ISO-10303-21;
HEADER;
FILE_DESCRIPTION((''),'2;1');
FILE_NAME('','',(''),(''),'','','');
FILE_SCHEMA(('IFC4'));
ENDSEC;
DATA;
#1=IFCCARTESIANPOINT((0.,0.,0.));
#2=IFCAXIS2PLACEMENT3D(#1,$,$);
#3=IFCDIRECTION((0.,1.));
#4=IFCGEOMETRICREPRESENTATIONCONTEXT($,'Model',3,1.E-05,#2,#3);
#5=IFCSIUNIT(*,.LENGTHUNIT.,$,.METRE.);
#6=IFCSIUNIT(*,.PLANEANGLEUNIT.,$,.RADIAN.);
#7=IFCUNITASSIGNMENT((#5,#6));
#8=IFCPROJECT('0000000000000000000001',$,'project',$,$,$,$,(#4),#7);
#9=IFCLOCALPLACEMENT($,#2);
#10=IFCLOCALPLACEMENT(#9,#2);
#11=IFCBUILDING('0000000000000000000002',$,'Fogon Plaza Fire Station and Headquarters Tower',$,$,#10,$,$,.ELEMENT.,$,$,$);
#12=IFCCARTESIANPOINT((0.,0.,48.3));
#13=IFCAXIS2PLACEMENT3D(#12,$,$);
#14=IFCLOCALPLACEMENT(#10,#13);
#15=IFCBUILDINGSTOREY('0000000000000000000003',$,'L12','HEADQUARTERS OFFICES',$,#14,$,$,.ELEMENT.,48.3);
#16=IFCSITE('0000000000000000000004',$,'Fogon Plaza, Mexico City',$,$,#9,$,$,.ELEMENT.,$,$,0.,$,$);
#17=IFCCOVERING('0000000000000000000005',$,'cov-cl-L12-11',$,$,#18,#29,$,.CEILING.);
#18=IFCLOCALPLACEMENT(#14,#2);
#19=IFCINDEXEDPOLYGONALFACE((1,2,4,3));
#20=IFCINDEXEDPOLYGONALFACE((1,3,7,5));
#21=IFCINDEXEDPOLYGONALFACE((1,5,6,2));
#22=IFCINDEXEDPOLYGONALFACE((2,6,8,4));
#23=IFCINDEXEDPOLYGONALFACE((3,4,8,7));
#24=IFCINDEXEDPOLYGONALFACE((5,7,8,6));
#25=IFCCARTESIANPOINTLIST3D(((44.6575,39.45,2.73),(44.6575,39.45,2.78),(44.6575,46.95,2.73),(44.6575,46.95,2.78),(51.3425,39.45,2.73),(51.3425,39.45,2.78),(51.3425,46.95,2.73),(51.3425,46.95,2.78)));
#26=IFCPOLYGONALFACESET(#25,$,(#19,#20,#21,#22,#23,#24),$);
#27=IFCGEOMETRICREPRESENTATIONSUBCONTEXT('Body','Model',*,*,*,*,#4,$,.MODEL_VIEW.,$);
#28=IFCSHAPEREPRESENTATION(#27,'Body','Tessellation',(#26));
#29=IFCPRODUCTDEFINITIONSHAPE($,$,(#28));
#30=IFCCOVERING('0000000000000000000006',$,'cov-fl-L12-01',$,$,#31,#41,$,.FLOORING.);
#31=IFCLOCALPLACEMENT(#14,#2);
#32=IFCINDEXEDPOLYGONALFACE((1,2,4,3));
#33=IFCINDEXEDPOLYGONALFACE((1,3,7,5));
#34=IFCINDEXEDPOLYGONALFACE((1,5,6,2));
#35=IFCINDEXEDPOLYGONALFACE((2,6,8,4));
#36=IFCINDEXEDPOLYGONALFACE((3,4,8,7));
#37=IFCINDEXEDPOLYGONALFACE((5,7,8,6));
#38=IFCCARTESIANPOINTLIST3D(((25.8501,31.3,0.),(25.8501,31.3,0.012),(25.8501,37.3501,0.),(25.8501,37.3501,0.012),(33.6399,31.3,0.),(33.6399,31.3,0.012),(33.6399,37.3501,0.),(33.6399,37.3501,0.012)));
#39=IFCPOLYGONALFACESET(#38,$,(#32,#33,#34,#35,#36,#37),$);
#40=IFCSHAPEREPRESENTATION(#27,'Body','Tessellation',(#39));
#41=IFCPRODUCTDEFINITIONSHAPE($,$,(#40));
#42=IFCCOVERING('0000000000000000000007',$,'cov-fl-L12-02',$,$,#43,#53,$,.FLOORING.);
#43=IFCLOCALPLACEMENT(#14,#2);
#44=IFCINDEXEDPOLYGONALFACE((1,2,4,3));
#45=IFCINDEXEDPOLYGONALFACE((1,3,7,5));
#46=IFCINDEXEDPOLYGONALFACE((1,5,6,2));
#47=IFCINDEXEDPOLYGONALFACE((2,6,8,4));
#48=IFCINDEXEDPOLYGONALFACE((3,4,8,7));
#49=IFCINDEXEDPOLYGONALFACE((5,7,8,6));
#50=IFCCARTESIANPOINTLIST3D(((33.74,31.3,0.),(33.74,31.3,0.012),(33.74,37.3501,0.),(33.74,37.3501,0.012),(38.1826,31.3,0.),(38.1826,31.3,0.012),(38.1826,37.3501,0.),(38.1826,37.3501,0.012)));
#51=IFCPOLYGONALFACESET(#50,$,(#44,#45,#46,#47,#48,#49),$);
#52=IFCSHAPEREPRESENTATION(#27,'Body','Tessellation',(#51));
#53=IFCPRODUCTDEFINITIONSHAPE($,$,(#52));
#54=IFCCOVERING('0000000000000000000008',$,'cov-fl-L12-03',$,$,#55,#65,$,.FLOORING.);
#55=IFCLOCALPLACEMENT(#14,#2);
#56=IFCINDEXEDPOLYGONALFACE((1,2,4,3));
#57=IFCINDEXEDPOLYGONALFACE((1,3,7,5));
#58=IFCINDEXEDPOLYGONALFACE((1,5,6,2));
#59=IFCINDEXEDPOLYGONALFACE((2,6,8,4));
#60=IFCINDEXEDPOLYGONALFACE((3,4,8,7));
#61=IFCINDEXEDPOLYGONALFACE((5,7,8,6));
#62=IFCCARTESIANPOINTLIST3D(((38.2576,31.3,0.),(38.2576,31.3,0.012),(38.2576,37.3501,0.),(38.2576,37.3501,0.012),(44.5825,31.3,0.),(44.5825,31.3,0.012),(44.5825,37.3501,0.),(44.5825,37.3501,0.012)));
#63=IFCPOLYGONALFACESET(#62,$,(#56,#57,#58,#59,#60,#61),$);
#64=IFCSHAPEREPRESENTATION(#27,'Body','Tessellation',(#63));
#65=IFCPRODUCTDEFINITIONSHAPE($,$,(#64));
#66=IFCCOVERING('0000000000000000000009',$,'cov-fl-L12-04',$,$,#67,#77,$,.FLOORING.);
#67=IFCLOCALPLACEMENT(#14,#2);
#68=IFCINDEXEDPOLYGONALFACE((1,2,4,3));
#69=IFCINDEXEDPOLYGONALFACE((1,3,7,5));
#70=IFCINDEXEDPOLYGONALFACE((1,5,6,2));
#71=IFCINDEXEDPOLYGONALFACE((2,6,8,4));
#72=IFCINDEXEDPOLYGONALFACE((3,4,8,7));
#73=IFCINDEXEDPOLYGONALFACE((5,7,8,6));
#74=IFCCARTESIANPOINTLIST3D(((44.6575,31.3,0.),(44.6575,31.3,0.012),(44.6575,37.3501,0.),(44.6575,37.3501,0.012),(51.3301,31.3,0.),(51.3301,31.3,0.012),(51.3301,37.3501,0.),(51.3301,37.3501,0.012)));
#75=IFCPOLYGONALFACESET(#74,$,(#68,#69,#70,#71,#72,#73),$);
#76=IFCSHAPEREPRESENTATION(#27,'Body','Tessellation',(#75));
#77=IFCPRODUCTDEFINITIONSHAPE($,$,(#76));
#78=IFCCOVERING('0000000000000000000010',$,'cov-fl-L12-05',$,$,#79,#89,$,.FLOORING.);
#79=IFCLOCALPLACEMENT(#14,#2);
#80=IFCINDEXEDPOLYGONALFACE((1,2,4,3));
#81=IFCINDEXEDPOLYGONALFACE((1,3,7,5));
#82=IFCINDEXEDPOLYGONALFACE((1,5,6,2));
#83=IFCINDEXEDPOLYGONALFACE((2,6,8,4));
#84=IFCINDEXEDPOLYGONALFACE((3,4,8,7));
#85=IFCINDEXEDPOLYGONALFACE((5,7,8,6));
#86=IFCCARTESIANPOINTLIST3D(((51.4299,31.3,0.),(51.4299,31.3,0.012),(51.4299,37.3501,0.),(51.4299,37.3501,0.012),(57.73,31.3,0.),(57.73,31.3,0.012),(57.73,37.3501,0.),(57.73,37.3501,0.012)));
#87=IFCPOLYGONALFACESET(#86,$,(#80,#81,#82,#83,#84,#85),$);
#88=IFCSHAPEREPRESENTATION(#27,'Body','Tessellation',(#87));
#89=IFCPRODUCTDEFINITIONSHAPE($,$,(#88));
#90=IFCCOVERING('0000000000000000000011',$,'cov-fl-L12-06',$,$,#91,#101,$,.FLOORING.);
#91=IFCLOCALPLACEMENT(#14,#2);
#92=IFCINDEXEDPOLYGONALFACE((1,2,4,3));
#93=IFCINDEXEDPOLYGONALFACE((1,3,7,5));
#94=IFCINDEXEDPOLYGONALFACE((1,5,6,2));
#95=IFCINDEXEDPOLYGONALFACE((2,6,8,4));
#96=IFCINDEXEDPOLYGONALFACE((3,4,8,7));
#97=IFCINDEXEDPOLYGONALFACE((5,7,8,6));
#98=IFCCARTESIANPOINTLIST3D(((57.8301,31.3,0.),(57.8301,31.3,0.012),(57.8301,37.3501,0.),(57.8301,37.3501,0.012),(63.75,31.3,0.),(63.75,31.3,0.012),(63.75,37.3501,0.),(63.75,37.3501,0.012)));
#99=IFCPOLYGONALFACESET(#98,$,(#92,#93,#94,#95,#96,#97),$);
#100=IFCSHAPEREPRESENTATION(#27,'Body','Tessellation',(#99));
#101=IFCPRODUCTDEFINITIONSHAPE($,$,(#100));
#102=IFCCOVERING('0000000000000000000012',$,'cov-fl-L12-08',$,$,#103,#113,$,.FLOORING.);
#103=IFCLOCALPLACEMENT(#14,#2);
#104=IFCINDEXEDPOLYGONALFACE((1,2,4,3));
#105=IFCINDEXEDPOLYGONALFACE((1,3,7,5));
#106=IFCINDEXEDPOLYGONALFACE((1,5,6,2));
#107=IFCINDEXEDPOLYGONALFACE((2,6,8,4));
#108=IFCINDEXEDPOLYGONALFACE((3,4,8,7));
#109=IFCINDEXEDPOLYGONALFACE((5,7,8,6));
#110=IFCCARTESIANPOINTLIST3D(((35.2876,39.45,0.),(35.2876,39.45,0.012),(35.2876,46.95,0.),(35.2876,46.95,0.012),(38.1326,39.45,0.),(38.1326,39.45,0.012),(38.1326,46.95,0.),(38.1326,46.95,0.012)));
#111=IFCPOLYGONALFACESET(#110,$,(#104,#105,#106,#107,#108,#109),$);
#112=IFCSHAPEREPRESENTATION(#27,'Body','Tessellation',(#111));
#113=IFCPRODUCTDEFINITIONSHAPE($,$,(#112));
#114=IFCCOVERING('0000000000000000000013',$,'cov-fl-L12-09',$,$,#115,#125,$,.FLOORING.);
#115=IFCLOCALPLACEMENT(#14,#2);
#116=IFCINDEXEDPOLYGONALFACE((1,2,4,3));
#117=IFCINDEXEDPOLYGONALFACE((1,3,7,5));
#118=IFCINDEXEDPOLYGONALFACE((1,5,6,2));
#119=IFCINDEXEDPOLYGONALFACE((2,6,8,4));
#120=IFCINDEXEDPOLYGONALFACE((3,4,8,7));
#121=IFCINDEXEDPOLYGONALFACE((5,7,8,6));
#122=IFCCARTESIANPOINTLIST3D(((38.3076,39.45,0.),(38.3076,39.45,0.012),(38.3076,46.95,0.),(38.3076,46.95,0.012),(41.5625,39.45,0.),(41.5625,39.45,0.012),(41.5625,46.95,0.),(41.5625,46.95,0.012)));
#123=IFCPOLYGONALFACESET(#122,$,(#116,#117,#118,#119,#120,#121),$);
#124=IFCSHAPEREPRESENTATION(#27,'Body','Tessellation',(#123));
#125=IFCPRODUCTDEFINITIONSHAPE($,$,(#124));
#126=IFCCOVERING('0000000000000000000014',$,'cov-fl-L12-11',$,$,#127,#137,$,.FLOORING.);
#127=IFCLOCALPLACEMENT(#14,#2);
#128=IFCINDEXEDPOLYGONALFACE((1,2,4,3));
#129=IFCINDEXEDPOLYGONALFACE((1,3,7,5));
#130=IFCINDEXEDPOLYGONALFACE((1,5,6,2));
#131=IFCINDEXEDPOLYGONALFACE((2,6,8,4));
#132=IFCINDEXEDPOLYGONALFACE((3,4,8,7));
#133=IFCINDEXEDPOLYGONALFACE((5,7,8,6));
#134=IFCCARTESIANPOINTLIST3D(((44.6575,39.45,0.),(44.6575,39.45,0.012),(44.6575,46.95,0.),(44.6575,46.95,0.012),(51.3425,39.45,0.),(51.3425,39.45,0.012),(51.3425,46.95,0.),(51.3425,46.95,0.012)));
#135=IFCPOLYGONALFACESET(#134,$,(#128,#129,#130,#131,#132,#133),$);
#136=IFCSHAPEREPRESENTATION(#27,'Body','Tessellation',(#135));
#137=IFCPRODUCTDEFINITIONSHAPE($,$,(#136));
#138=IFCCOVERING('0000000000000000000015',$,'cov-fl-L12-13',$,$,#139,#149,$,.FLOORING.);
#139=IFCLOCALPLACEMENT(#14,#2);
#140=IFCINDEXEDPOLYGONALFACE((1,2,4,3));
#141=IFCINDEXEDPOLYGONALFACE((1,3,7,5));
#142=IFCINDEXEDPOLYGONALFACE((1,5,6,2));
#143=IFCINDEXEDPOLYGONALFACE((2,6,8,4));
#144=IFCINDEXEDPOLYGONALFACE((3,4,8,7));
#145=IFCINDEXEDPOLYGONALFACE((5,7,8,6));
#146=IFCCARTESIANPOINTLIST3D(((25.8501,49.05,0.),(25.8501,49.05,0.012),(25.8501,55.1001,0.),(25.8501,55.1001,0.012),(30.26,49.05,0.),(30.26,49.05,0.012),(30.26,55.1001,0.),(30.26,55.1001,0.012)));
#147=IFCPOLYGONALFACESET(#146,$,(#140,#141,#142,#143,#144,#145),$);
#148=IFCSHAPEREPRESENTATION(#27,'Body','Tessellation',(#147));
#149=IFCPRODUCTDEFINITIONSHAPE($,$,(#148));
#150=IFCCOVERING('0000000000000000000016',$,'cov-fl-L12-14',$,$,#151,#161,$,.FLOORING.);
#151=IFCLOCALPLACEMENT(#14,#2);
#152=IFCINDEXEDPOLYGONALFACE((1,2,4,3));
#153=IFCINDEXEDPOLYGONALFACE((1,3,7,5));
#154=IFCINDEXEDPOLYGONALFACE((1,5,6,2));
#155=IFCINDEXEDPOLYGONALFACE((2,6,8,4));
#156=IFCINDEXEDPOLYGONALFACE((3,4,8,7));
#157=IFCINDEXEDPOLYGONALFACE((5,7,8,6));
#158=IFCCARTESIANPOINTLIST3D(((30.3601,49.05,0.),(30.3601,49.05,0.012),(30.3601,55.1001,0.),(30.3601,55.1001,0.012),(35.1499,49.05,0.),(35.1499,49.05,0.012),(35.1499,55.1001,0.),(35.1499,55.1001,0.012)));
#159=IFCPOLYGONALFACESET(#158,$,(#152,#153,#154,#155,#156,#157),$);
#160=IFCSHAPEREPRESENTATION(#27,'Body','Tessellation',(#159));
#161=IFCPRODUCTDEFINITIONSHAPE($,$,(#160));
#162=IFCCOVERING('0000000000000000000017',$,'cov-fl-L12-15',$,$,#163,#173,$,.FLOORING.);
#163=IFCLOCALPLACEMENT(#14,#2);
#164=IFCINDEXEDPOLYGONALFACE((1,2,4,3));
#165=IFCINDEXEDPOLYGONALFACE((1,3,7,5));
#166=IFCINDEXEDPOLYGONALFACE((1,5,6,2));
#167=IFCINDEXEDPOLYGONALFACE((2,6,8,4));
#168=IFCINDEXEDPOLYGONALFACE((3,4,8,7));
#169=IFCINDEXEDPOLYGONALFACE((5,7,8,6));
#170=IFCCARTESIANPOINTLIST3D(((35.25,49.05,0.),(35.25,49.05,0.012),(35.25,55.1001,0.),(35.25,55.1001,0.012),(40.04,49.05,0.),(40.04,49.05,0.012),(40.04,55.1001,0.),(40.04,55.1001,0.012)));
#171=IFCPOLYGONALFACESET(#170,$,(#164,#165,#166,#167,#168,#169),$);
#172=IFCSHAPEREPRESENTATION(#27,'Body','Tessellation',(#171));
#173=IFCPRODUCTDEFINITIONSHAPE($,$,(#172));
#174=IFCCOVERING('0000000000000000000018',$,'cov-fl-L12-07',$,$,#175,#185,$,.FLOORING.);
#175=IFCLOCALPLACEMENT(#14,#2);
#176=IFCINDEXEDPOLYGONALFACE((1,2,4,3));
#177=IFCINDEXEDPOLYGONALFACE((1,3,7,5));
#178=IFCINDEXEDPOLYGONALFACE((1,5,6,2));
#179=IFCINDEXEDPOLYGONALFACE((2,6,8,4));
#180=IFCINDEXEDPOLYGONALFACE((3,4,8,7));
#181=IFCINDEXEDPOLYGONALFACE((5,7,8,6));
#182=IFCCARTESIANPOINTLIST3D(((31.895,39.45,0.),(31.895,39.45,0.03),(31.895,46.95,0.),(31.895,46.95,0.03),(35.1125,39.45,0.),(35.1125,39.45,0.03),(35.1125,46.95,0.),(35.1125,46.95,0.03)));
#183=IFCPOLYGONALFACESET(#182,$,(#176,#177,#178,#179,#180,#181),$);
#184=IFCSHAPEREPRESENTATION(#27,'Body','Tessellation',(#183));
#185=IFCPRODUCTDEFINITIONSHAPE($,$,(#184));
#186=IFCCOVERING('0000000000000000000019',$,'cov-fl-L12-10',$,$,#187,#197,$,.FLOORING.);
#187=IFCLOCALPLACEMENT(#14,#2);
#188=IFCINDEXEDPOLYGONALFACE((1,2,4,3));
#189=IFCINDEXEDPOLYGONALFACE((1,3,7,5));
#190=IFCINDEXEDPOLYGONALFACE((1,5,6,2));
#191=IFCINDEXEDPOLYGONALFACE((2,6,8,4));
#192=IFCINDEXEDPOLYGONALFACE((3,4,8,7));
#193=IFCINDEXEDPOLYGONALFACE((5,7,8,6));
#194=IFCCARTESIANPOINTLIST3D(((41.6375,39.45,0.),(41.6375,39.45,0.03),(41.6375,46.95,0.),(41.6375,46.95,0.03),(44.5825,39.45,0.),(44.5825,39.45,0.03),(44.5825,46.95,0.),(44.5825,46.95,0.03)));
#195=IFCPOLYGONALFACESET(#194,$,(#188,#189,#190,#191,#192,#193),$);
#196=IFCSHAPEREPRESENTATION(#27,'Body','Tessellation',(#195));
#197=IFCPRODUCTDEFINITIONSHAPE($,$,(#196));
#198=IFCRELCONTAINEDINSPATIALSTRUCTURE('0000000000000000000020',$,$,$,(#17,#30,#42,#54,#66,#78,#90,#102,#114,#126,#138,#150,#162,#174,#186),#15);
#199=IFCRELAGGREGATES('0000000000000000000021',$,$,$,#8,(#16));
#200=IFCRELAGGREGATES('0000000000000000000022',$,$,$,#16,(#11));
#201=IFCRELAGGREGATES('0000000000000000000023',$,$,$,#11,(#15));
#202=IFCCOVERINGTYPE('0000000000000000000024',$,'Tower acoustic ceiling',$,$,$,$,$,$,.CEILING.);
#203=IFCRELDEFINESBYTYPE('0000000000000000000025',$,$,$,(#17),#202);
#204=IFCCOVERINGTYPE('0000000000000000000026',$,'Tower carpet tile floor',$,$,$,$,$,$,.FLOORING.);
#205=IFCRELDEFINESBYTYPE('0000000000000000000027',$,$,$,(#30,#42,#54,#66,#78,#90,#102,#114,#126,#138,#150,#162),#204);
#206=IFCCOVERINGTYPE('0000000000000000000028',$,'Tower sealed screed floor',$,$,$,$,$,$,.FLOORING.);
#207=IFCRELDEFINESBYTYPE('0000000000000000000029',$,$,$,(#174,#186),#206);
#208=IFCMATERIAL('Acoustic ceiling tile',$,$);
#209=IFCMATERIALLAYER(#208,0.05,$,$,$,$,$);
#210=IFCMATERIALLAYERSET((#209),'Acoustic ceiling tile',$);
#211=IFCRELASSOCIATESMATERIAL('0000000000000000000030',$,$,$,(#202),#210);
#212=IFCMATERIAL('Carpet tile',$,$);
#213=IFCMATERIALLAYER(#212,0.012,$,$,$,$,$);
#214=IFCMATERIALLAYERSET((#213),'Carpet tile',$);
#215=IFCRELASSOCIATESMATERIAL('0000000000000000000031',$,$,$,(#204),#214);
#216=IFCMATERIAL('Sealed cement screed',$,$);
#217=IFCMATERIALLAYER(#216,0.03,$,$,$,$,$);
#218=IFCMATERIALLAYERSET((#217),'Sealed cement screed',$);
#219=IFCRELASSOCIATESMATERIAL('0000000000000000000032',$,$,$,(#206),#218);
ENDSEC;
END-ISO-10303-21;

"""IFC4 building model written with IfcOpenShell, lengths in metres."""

from ifc_helpers import new_model, si_unit, direction, frame, origin, place, context, subcontext, project, spatial, polyline, outline, extrude, material, layer, layer_set, type_object, element, save


model = new_model("IFC4")

# Units and contexts
model_context = context("Model", 3, precision=1e-05, world=origin(), true_north=direction((0.0, 1.0)))
body_context = subcontext(model_context, "Body", "Model", "MODEL_VIEW")
ifc_project = project(units=[si_unit("LENGTHUNIT", "METRE"), si_unit("PLANEANGLEUNIT", "RADIAN")], contexts=[model_context])

# Site, building, storey
site_placement = place(None, origin())
site = spatial("IfcSite", under=ifc_project, at=site_placement, Name="Fogon Plaza, Mexico City", CompositionType="ELEMENT", RefElevation=0.0)
building_placement = place(site_placement, origin())
building = spatial("IfcBuilding", under=site, at=building_placement, Name="Fogon Plaza Fire Station and Headquarters Tower", CompositionType="ELEMENT")
storey_placement = place(building_placement, frame((0.0, 0.0, 48.3)))
storey = spatial("IfcBuildingStorey", under=building, at=storey_placement, Name="L12", Description="HEADQUARTERS OFFICES", CompositionType="ELEMENT", Elevation=48.3)

# Coverings
ifc_material_1 = material(Name="Acoustic ceiling tile")
ifc_layer_1 = layer(ifc_material_1, 0.05)
ifc_layer_set_1 = layer_set([ifc_layer_1], Name="Acoustic ceiling tile")
covering_type_1 = type_object("IfcCoveringType", Name="Tower acoustic ceiling", PredefinedType="CEILING", material=ifc_layer_set_1)
covering_1_placement = place(storey_placement, frame((0.0, 0.0, 2.73)))
element("IfcCovering", 1, at=covering_1_placement, inside=storey, type_object=covering_type_1, Name="cov-cl-L12-11", PredefinedType="CEILING", context=body_context, shape_type="SweptSolid", body=[
    extrude(outline(polyline([(51.3425, 39.45), (51.3425, 46.95), (44.6575, 46.95), (44.6575, 39.45), (51.3425, 39.45)])), origin(), (0.0, 0.0, 1.0), 0.05),
])
ifc_material_2 = material(Name="Carpet tile")
ifc_layer_2 = layer(ifc_material_2, 0.012)
ifc_layer_set_2 = layer_set([ifc_layer_2], Name="Carpet tile")
covering_type_2 = type_object("IfcCoveringType", Name="Tower carpet tile floor", PredefinedType="FLOORING", material=ifc_layer_set_2)
covering_2_placement = place(storey_placement, origin())
element("IfcCovering", 2, at=covering_2_placement, inside=storey, type_object=covering_type_2, Name="cov-fl-L12-01", PredefinedType="FLOORING", context=body_context, shape_type="SweptSolid", body=[
    extrude(outline(polyline([(33.6399, 31.3), (33.6399, 37.3501), (25.8501, 37.3501), (25.8501, 31.3), (33.6399, 31.3)])), origin(), (0.0, 0.0, 1.0), 0.012),
])
covering_3_placement = place(storey_placement, origin())
element("IfcCovering", 3, at=covering_3_placement, inside=storey, type_object=covering_type_2, Name="cov-fl-L12-02", PredefinedType="FLOORING", context=body_context, shape_type="SweptSolid", body=[
    extrude(outline(polyline([(38.1826, 31.3), (38.1826, 37.3501), (33.74, 37.3501), (33.74, 31.3), (38.1826, 31.3)])), origin(), (0.0, 0.0, 1.0), 0.012),
])
covering_4_placement = place(storey_placement, origin())
element("IfcCovering", 4, at=covering_4_placement, inside=storey, type_object=covering_type_2, Name="cov-fl-L12-03", PredefinedType="FLOORING", context=body_context, shape_type="SweptSolid", body=[
    extrude(outline(polyline([(44.5825, 31.3), (44.5825, 37.3501), (38.2576, 37.3501), (38.2576, 31.3), (44.5825, 31.3)])), origin(), (0.0, 0.0, 1.0), 0.012),
])
covering_5_placement = place(storey_placement, origin())
element("IfcCovering", 5, at=covering_5_placement, inside=storey, type_object=covering_type_2, Name="cov-fl-L12-04", PredefinedType="FLOORING", context=body_context, shape_type="SweptSolid", body=[
    extrude(outline(polyline([(51.3301, 31.3), (51.3301, 37.3501), (44.6575, 37.3501), (44.6575, 31.3), (51.3301, 31.3)])), origin(), (0.0, 0.0, 1.0), 0.012),
])
covering_6_placement = place(storey_placement, origin())
element("IfcCovering", 6, at=covering_6_placement, inside=storey, type_object=covering_type_2, Name="cov-fl-L12-05", PredefinedType="FLOORING", context=body_context, shape_type="SweptSolid", body=[
    extrude(outline(polyline([(57.73, 31.3), (57.73, 37.3501), (51.4299, 37.3501), (51.4299, 31.3), (57.73, 31.3)])), origin(), (0.0, 0.0, 1.0), 0.012),
])
covering_7_placement = place(storey_placement, origin())
element("IfcCovering", 7, at=covering_7_placement, inside=storey, type_object=covering_type_2, Name="cov-fl-L12-06", PredefinedType="FLOORING", context=body_context, shape_type="SweptSolid", body=[
    extrude(outline(polyline([(63.75, 31.3), (63.75, 37.3501), (57.8301, 37.3501), (57.8301, 31.3), (63.75, 31.3)])), origin(), (0.0, 0.0, 1.0), 0.012),
])
covering_8_placement = place(storey_placement, origin())
element("IfcCovering", 8, at=covering_8_placement, inside=storey, type_object=covering_type_2, Name="cov-fl-L12-08", PredefinedType="FLOORING", context=body_context, shape_type="SweptSolid", body=[
    extrude(outline(polyline([(38.1326, 39.45), (38.1326, 46.95), (35.2876, 46.95), (35.2876, 39.45), (38.1326, 39.45)])), origin(), (0.0, 0.0, 1.0), 0.012),
])
covering_9_placement = place(storey_placement, origin())
element("IfcCovering", 9, at=covering_9_placement, inside=storey, type_object=covering_type_2, Name="cov-fl-L12-09", PredefinedType="FLOORING", context=body_context, shape_type="SweptSolid", body=[
    extrude(outline(polyline([(41.5625, 39.45), (41.5625, 46.95), (38.3076, 46.95), (38.3076, 39.45), (41.5625, 39.45)])), origin(), (0.0, 0.0, 1.0), 0.012),
])
covering_10_placement = place(storey_placement, origin())
element("IfcCovering", 10, at=covering_10_placement, inside=storey, type_object=covering_type_2, Name="cov-fl-L12-11", PredefinedType="FLOORING", context=body_context, shape_type="SweptSolid", body=[
    extrude(outline(polyline([(51.3425, 39.45), (51.3425, 46.95), (44.6575, 46.95), (44.6575, 39.45), (51.3425, 39.45)])), origin(), (0.0, 0.0, 1.0), 0.012),
])
covering_11_placement = place(storey_placement, origin())
element("IfcCovering", 11, at=covering_11_placement, inside=storey, type_object=covering_type_2, Name="cov-fl-L12-13", PredefinedType="FLOORING", context=body_context, shape_type="SweptSolid", body=[
    extrude(outline(polyline([(30.26, 49.05), (30.26, 55.1001), (25.8501, 55.1001), (25.8501, 49.05), (30.26, 49.05)])), origin(), (0.0, 0.0, 1.0), 0.012),
])
covering_12_placement = place(storey_placement, origin())
element("IfcCovering", 12, at=covering_12_placement, inside=storey, type_object=covering_type_2, Name="cov-fl-L12-14", PredefinedType="FLOORING", context=body_context, shape_type="SweptSolid", body=[
    extrude(outline(polyline([(35.1499, 49.05), (35.1499, 55.1001), (30.3601, 55.1001), (30.3601, 49.05), (35.1499, 49.05)])), origin(), (0.0, 0.0, 1.0), 0.012),
])
covering_13_placement = place(storey_placement, origin())
element("IfcCovering", 13, at=covering_13_placement, inside=storey, type_object=covering_type_2, Name="cov-fl-L12-15", PredefinedType="FLOORING", context=body_context, shape_type="SweptSolid", body=[
    extrude(outline(polyline([(40.04, 49.05), (40.04, 55.1001), (35.25, 55.1001), (35.25, 49.05), (40.04, 49.05)])), origin(), (0.0, 0.0, 1.0), 0.012),
])
ifc_material_3 = material(Name="Sealed cement screed")
ifc_layer_3 = layer(ifc_material_3, 0.03)
ifc_layer_set_3 = layer_set([ifc_layer_3], Name="Sealed cement screed")
covering_type_3 = type_object("IfcCoveringType", Name="Tower sealed screed floor", PredefinedType="FLOORING", material=ifc_layer_set_3)
covering_14_placement = place(storey_placement, origin())
element("IfcCovering", 14, at=covering_14_placement, inside=storey, type_object=covering_type_3, Name="cov-fl-L12-07", PredefinedType="FLOORING", context=body_context, shape_type="SweptSolid", body=[
    extrude(outline(polyline([(35.1125, 39.45), (35.1125, 46.95), (31.895, 46.95), (31.895, 39.45), (35.1125, 39.45)])), origin(), (0.0, 0.0, 1.0), 0.03),
])
covering_15_placement = place(storey_placement, origin())
element("IfcCovering", 15, at=covering_15_placement, inside=storey, type_object=covering_type_3, Name="cov-fl-L12-10", PredefinedType="FLOORING", context=body_context, shape_type="SweptSolid", body=[
    extrude(outline(polyline([(44.5825, 39.45), (44.5825, 46.95), (41.6375, 46.95), (41.6375, 39.45), (44.5825, 39.45)])), origin(), (0.0, 0.0, 1.0), 0.03),
])

save(model, "model.ifc")
